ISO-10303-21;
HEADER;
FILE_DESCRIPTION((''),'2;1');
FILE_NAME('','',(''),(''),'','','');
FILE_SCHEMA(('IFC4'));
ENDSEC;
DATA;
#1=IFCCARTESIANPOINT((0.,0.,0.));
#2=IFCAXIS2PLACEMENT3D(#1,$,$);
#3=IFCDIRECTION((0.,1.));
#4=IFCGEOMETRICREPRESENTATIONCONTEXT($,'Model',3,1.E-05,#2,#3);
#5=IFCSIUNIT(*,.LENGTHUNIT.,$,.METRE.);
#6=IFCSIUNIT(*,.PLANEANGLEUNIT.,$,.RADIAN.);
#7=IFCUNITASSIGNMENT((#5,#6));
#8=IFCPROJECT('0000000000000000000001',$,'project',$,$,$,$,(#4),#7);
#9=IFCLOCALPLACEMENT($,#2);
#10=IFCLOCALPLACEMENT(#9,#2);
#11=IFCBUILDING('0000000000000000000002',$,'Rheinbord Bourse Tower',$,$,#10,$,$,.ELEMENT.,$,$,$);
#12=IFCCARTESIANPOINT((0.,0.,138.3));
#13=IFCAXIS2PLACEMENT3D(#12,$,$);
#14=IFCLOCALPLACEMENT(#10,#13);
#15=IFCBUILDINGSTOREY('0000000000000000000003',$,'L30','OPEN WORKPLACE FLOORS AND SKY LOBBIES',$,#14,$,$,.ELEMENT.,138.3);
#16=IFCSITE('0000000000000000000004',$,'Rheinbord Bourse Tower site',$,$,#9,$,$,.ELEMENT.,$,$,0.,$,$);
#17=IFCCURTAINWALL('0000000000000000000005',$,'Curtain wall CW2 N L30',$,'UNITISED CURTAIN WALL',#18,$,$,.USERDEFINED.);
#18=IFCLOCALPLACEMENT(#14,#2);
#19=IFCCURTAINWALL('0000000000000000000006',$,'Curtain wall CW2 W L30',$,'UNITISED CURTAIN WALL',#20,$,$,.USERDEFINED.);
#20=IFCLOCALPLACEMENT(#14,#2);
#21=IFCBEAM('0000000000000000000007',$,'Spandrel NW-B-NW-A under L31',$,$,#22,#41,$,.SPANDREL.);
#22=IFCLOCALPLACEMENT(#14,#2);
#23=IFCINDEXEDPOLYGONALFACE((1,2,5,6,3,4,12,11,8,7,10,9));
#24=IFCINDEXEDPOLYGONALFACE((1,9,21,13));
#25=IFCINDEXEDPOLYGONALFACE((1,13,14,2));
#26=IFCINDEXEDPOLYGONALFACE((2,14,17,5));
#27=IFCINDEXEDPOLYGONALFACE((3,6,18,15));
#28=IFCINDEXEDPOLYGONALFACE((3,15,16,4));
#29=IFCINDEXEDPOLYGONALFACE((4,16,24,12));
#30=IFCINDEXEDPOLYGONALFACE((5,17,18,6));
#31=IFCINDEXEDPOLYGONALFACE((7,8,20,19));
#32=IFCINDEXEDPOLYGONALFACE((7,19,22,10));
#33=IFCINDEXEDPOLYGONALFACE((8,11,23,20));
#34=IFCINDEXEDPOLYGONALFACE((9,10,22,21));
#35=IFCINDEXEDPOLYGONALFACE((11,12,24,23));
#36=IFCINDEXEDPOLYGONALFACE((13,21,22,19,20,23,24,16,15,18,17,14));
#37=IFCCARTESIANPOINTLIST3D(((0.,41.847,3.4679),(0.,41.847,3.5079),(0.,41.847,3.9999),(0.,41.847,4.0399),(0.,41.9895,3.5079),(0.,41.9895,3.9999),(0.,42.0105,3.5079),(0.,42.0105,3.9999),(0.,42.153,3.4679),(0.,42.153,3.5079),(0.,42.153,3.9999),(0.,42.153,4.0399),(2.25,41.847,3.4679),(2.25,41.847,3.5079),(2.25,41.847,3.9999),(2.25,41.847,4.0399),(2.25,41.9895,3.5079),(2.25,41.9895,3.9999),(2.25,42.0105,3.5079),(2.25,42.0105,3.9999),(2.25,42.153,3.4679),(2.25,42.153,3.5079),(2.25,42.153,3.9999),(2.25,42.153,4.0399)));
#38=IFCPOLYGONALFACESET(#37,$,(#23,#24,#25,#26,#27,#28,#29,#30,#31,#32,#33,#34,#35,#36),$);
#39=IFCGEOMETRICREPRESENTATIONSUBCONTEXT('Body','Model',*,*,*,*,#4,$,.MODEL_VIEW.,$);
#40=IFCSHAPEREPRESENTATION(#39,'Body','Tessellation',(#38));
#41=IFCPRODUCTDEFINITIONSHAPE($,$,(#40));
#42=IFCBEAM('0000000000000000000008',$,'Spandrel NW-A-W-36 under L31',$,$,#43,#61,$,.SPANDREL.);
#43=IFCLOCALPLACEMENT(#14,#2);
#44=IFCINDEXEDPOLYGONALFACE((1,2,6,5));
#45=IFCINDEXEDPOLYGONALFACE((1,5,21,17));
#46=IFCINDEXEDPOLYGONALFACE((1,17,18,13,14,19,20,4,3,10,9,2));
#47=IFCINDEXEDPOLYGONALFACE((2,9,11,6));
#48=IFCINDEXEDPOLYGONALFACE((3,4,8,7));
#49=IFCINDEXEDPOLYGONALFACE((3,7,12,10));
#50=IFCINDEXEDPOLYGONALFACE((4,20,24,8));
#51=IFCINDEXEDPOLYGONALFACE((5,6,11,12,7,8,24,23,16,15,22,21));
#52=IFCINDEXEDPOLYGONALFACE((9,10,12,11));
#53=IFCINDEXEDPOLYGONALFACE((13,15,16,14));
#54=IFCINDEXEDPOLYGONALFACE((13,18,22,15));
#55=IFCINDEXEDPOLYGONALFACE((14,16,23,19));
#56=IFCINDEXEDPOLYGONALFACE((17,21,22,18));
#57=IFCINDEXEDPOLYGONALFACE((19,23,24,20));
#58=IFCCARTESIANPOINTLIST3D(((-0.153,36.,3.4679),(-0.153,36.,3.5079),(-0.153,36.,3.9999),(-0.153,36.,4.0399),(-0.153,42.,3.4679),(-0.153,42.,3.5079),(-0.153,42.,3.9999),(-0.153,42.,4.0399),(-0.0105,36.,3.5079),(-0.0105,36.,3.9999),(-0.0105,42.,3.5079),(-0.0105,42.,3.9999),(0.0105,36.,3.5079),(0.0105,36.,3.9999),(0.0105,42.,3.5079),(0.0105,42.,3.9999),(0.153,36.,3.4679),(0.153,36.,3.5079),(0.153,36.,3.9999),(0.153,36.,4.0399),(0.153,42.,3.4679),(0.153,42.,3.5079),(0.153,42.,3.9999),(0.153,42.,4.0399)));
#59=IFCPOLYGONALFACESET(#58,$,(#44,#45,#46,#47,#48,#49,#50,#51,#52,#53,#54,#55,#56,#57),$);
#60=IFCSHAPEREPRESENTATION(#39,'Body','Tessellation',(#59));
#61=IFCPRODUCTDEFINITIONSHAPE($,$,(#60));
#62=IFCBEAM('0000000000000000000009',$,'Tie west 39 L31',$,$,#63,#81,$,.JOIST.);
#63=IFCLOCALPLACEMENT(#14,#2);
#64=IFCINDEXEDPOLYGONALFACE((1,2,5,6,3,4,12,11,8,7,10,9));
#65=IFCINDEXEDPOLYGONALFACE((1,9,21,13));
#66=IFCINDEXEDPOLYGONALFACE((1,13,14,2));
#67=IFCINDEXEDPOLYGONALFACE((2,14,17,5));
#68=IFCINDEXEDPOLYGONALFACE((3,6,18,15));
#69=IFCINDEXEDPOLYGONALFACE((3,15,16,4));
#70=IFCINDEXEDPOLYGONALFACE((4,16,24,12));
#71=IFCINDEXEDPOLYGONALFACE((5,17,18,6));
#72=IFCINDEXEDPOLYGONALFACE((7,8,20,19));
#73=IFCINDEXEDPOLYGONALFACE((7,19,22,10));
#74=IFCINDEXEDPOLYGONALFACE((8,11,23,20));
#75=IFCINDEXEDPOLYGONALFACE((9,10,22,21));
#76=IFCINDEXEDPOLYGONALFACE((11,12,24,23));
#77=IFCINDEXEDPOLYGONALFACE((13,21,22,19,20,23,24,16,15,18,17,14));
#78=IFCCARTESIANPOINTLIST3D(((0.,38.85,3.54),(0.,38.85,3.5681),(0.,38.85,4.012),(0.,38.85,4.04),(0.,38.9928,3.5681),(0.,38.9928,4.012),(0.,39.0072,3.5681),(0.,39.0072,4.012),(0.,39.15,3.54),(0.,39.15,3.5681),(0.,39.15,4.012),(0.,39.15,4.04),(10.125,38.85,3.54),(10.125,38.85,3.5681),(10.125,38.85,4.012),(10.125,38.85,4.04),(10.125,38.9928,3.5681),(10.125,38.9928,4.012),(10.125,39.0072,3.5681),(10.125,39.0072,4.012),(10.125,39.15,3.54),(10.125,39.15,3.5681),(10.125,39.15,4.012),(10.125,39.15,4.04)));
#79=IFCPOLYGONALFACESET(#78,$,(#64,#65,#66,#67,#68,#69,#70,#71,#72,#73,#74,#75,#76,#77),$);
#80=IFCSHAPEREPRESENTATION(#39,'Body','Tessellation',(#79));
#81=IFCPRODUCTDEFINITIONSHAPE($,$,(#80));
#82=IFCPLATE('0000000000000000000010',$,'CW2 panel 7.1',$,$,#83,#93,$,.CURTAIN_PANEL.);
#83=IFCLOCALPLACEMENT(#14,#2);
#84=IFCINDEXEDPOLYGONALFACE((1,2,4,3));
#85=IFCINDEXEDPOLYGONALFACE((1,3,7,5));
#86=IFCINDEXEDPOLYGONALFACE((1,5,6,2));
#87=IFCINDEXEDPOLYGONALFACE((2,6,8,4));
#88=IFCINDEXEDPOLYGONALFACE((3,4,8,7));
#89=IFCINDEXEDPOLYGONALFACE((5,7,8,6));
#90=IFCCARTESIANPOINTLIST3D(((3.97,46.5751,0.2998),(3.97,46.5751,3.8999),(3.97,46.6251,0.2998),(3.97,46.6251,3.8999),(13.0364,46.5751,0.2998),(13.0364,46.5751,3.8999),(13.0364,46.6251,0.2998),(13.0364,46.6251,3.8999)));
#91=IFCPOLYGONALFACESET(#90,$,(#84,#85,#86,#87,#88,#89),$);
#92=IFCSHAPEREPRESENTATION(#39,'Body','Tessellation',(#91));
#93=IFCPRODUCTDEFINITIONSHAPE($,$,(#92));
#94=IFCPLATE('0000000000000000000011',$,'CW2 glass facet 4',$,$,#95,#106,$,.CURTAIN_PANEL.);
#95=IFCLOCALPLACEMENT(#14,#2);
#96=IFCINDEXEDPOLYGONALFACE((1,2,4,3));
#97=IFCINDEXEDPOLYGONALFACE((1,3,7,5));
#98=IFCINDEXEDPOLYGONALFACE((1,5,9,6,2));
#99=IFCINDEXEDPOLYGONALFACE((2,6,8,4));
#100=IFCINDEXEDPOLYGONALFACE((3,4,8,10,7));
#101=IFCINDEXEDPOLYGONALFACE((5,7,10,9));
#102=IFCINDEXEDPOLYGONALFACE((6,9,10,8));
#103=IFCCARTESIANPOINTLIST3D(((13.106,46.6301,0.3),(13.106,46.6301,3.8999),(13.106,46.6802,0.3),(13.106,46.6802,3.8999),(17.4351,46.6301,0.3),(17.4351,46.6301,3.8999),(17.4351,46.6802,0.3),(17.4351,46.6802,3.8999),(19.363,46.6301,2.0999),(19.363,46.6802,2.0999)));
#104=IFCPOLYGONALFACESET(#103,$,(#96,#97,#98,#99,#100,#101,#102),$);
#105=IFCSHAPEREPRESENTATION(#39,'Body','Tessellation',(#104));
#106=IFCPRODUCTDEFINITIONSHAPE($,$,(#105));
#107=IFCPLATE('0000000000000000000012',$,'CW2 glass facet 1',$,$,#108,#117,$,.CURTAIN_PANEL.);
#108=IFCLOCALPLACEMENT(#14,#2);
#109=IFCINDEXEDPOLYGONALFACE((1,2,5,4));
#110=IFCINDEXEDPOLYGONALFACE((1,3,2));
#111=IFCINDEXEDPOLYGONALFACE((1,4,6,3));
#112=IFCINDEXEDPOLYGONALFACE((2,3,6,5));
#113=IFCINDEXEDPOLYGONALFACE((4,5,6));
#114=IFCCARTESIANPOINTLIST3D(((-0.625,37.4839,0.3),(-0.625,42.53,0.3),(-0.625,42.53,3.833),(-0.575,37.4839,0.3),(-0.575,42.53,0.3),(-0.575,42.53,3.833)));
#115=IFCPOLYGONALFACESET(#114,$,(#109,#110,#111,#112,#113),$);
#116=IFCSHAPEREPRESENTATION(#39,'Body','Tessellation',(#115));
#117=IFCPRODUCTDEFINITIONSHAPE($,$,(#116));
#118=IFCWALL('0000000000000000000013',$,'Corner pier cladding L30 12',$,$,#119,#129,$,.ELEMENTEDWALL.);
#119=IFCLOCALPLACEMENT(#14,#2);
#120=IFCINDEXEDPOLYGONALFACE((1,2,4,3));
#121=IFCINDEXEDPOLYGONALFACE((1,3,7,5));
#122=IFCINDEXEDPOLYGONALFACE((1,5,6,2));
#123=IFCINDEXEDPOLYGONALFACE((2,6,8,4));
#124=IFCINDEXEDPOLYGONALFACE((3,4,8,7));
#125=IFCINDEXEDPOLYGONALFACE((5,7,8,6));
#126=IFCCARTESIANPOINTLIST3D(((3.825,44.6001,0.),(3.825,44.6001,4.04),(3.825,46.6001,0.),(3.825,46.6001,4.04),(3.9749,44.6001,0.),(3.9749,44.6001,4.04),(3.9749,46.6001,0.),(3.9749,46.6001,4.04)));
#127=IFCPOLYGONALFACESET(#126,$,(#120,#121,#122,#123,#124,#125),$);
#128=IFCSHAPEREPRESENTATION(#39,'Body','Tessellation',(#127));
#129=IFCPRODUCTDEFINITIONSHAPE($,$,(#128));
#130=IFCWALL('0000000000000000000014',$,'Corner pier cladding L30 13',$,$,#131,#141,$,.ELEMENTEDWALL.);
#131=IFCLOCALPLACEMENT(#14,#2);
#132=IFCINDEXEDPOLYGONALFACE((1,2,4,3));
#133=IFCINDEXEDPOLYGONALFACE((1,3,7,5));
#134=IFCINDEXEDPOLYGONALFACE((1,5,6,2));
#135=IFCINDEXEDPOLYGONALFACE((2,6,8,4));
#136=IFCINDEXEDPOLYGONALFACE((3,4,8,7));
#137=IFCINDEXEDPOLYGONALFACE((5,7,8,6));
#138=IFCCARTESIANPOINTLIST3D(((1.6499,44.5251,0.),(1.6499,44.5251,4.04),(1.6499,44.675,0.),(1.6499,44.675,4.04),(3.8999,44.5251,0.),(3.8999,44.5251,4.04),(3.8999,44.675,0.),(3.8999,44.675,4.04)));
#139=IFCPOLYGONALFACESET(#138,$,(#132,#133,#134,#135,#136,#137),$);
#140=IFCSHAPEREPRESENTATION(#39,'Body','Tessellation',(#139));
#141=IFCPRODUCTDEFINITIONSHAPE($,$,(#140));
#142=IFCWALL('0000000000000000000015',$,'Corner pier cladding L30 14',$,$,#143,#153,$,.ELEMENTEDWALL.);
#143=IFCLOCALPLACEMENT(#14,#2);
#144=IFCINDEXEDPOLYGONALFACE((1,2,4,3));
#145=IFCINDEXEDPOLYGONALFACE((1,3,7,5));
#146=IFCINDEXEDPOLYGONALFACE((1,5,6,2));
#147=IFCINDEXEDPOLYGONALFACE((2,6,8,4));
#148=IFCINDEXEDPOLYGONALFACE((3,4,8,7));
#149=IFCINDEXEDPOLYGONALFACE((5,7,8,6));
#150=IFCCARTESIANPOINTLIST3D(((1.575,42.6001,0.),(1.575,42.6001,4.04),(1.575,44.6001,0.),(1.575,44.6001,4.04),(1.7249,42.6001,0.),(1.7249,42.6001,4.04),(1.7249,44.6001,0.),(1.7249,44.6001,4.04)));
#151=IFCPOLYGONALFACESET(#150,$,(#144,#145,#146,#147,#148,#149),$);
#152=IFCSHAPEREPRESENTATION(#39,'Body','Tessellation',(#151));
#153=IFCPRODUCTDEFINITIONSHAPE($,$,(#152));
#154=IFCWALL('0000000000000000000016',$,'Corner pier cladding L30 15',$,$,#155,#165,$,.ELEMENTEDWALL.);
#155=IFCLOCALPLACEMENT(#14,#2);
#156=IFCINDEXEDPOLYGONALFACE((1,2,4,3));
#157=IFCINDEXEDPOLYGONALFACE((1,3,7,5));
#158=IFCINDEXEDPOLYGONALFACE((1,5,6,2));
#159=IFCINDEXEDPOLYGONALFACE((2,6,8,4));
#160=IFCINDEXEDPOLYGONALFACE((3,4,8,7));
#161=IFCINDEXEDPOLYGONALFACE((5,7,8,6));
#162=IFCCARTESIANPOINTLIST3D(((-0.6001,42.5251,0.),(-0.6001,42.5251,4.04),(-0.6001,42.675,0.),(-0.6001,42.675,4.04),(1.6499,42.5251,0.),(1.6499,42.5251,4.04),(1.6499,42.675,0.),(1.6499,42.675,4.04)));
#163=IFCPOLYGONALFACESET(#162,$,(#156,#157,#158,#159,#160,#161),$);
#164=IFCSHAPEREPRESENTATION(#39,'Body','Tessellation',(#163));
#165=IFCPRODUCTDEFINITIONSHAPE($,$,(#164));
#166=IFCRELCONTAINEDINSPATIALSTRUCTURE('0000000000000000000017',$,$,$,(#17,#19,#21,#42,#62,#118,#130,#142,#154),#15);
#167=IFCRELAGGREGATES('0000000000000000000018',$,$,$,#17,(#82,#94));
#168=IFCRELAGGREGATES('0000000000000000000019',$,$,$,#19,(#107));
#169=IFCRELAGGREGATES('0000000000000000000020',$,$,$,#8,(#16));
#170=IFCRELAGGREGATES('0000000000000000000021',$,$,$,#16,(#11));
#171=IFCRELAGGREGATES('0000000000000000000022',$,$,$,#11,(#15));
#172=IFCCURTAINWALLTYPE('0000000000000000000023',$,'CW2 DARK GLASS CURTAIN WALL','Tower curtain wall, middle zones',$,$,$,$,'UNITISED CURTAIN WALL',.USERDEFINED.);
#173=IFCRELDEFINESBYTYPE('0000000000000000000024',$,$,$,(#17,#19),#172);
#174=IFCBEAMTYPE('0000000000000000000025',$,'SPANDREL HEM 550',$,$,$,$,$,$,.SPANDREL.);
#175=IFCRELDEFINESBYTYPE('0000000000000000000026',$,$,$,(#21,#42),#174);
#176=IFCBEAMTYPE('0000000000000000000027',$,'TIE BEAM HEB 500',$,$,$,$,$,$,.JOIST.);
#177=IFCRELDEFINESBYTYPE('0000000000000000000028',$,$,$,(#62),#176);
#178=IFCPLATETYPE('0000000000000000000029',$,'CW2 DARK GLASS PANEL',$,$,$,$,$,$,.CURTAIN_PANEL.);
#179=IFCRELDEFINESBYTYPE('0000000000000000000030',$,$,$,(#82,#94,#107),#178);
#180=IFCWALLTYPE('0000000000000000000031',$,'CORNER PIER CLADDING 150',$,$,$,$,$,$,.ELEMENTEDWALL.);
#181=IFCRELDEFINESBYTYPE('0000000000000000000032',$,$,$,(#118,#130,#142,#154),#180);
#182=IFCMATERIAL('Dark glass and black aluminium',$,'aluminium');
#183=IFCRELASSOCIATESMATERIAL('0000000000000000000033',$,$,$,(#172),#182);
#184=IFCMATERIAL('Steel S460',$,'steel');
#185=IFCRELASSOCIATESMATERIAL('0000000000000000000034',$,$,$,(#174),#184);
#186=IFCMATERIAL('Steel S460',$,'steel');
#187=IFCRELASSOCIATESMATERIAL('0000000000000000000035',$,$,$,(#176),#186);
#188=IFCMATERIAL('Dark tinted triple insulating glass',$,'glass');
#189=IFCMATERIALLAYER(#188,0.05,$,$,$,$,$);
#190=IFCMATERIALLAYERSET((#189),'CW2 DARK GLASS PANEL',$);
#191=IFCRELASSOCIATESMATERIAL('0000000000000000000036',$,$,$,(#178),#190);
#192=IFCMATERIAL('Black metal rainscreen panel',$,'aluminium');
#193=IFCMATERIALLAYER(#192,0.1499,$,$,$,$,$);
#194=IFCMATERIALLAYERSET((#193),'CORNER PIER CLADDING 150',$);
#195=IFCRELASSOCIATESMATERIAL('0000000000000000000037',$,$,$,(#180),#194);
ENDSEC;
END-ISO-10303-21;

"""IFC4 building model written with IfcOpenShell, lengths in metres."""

from ifc_helpers import new_model, si_unit, direction, frame, frame_2d, origin, origin_2d, place, context, subcontext, project, spatial, polyline, rectangle, i_section, outline, extrude, material, layer, layer_set, material_profile, profile_set, type_object, element, aggregate, save


model = new_model("IFC4")

# Units and contexts
model_context = context("Model", 3, precision=1e-05, world=origin(), true_north=direction((0.0, 1.0)))
body_context = subcontext(model_context, "Body", "Model", "MODEL_VIEW")
ifc_project = project(units=[si_unit("LENGTHUNIT", "METRE"), si_unit("PLANEANGLEUNIT", "RADIAN")], contexts=[model_context])

# Site, building, storey
site_placement = place(None, origin())
site = spatial("IfcSite", under=ifc_project, at=site_placement, Name="Rheinbord Bourse Tower site", CompositionType="ELEMENT", RefElevation=0.0)
building_placement = place(site_placement, origin())
building = spatial("IfcBuilding", under=site, at=building_placement, Name="Rheinbord Bourse Tower", CompositionType="ELEMENT")
storey_placement = place(building_placement, frame((0.0, 0.0, 138.3)))
storey = spatial("IfcBuildingStorey", under=building, at=storey_placement, Name="L30", Description="OPEN WORKPLACE FLOORS AND SKY LOBBIES", CompositionType="ELEMENT", Elevation=138.3)

# Curtain wall
ifc_material_1 = material(Name="Dark glass and black aluminium", Category="aluminium")
curtain_wall_type = type_object("IfcCurtainWallType", Name="CW2 DARK GLASS CURTAIN WALL", Description="Tower curtain wall, middle zones", ElementType="UNITISED CURTAIN WALL", PredefinedType="USERDEFINED", material=ifc_material_1)
curtain_wall_1_placement = place(storey_placement, origin())
curtain_wall_1 = element("IfcCurtainWall", 1, at=curtain_wall_1_placement, inside=storey, type_object=curtain_wall_type, Name="Curtain wall CW2 N L30", ObjectType="UNITISED CURTAIN WALL", PredefinedType="USERDEFINED")

# Curtain wall
curtain_wall_2_placement = place(storey_placement, origin())
curtain_wall_2 = element("IfcCurtainWall", 2, at=curtain_wall_2_placement, inside=storey, type_object=curtain_wall_type, Name="Curtain wall CW2 W L30", ObjectType="UNITISED CURTAIN WALL", PredefinedType="USERDEFINED")

# Beams
ifc_material_2 = material(Name="Steel S460", Category="steel")
ifc_material_profile_1 = material_profile(ifc_material_2, i_section(OverallWidth=0.3059, OverallDepth=0.572, WebThickness=0.021, FlangeThickness=0.04, at=origin_2d()), Name="HEM 550")
ifc_profile_set_1 = profile_set([ifc_material_profile_1], Name="Steel S460")
beam_type_1 = type_object("IfcBeamType", Name="SPANDREL HEM 550", PredefinedType="SPANDREL", material=ifc_profile_set_1)
beam_1_placement = place(storey_placement, frame((2.25, 42.0, 3.7539), z_axis=(-1.0, 0.0, 0.0), x_axis=(0.0, -1.0, 0.0)))
element("IfcBeam", 3, at=beam_1_placement, inside=storey, type_object=beam_type_1, Name="Spandrel NW-B-NW-A under L31", PredefinedType="SPANDREL", context=body_context, shape_type="SweptSolid", body=[
    extrude(i_section(OverallWidth=0.3059, OverallDepth=0.572, WebThickness=0.021, FlangeThickness=0.04, at=origin_2d()), origin(), (0.0, 0.0, 1.0), 2.25),
])
beam_2_placement = place(storey_placement, frame((0.0, 42.0, 3.7539), z_axis=(0.0, -1.0, 0.0), x_axis=(1.0, 0.0, 0.0)))
element("IfcBeam", 4, at=beam_2_placement, inside=storey, type_object=beam_type_1, Name="Spandrel NW-A-W-36 under L31", PredefinedType="SPANDREL", context=body_context, shape_type="SweptSolid", body=[
    extrude(i_section(OverallWidth=0.3059, OverallDepth=0.572, WebThickness=0.021, FlangeThickness=0.04, at=origin_2d()), origin(), (0.0, 0.0, 1.0), 6.0),
])
ifc_material_3 = material(Name="Steel S460", Category="steel")
ifc_material_profile_2 = material_profile(ifc_material_3, i_section(OverallWidth=0.3, OverallDepth=0.5, WebThickness=0.0144, FlangeThickness=0.0281, at=origin_2d()), Name="HEB 500")
ifc_profile_set_2 = profile_set([ifc_material_profile_2], Name="Steel S460")
beam_type_2 = type_object("IfcBeamType", Name="TIE BEAM HEB 500", PredefinedType="JOIST", material=ifc_profile_set_2)
beam_3_placement = place(storey_placement, frame((0.0, 39.0, 3.79), z_axis=(1.0, 0.0, 0.0), x_axis=(0.0, 1.0, 0.0)))
element("IfcBeam", 5, at=beam_3_placement, inside=storey, type_object=beam_type_2, Name="Tie west 39 L31", PredefinedType="JOIST", context=body_context, shape_type="SweptSolid", body=[
    extrude(i_section(OverallWidth=0.3, OverallDepth=0.5, WebThickness=0.0144, FlangeThickness=0.0281, at=origin_2d()), origin(), (0.0, 0.0, 1.0), 10.125),
])

# Plates
ifc_material_4 = material(Name="Dark tinted triple insulating glass", Category="glass")
ifc_layer_1 = layer(ifc_material_4, 0.05)
ifc_layer_set_1 = layer_set([ifc_layer_1], Name="CW2 DARK GLASS PANEL")
plate_type = type_object("IfcPlateType", Name="CW2 DARK GLASS PANEL", PredefinedType="CURTAIN_PANEL", material=ifc_layer_set_1)
plate_1_placement = place(storey_placement, frame((8.5032, 46.6001, 0.2998), z_axis=(0.0, 0.0, 1.0), x_axis=(-1.0, 0.0, 0.0)))
plate_1 = element("IfcPlate", 6, at=plate_1_placement, type_object=plate_type, Name="CW2 panel 7.1", PredefinedType="CURTAIN_PANEL", context=body_context, shape_type="SweptSolid", body=[
    extrude(rectangle(XDim=9.0664, YDim=0.05, at=origin_2d()), origin(), (0.0, 0.0, 1.0), 3.6001),
])
plate_2_placement = place(storey_placement, frame((13.106, 46.6802, 3.8999), z_axis=(0.0, -1.0, 0.0), x_axis=(0.0, 0.0, -1.0)))
plate_2 = element("IfcPlate", 7, at=plate_2_placement, type_object=plate_type, Name="CW2 glass facet 4", PredefinedType="CURTAIN_PANEL", context=body_context, shape_type="SweptSolid", body=[
    extrude(outline(polyline([(0.0, 0.0), (3.5999, 0.0), (3.5999, 4.3291), (1.8, 6.2571), (0.0, 4.3291), (0.0, 0.0)])), origin(), (0.0, 0.0, 1.0), 0.05),
])
aggregate(curtain_wall_1, [plate_1, plate_2])
plate_3_placement = place(storey_placement, frame((-0.625, 42.53, 0.3), z_axis=(1.0, 0.0, 0.0), x_axis=(0.0, 0.0, 1.0)))
plate_3 = element("IfcPlate", 8, at=plate_3_placement, type_object=plate_type, Name="CW2 glass facet 1", PredefinedType="CURTAIN_PANEL", context=body_context, shape_type="SweptSolid", body=[
    extrude(outline(polyline([(0.0, 0.0), (3.533, 0.0), (0.0, 5.0461), (0.0, 0.0)])), origin(), (0.0, 0.0, 1.0), 0.05),
])
aggregate(curtain_wall_2, [plate_3])

# Walls
ifc_material_5 = material(Name="Black metal rainscreen panel", Category="aluminium")
ifc_layer_2 = layer(ifc_material_5, 0.1499)
ifc_layer_set_2 = layer_set([ifc_layer_2], Name="CORNER PIER CLADDING 150")
wall_type = type_object("IfcWallType", Name="CORNER PIER CLADDING 150", PredefinedType="ELEMENTEDWALL", material=ifc_layer_set_2)
wall_1_placement = place(storey_placement, frame((3.8999, 46.6001, 0.0), z_axis=(0.0, 0.0, 1.0), x_axis=(0.0, -1.0, 0.0)))
element("IfcWall", 9, at=wall_1_placement, inside=storey, type_object=wall_type, Name="Corner pier cladding L30 12", PredefinedType="ELEMENTEDWALL", context=body_context, shape_type="SweptSolid", body=[
    extrude(rectangle(XDim=2.0, YDim=0.1499, at=frame_2d((1.0, 0.0))), origin(), (0.0, 0.0, 1.0), 4.04),
])
wall_2_placement = place(storey_placement, frame((3.8999, 44.6001, 0.0), z_axis=(0.0, 0.0, 1.0), x_axis=(-1.0, 0.0, 0.0)))
element("IfcWall", 10, at=wall_2_placement, inside=storey, type_object=wall_type, Name="Corner pier cladding L30 13", PredefinedType="ELEMENTEDWALL", context=body_context, shape_type="SweptSolid", body=[
    extrude(rectangle(XDim=2.25, YDim=0.1499, at=frame_2d((1.125, 0.0))), origin(), (0.0, 0.0, 1.0), 4.04),
])
wall_3_placement = place(storey_placement, frame((1.6499, 44.6001, 0.0), z_axis=(0.0, 0.0, 1.0), x_axis=(0.0, -1.0, 0.0)))
element("IfcWall", 11, at=wall_3_placement, inside=storey, type_object=wall_type, Name="Corner pier cladding L30 14", PredefinedType="ELEMENTEDWALL", context=body_context, shape_type="SweptSolid", body=[
    extrude(rectangle(XDim=2.0, YDim=0.1499, at=frame_2d((1.0, 0.0))), origin(), (0.0, 0.0, 1.0), 4.04),
])
wall_4_placement = place(storey_placement, frame((1.6499, 42.6001, 0.0), z_axis=(0.0, 0.0, 1.0), x_axis=(-1.0, 0.0, 0.0)))
element("IfcWall", 12, at=wall_4_placement, inside=storey, type_object=wall_type, Name="Corner pier cladding L30 15", PredefinedType="ELEMENTEDWALL", context=body_context, shape_type="SweptSolid", body=[
    extrude(rectangle(XDim=2.25, YDim=0.1499, at=frame_2d((1.125, 0.0))), origin(), (0.0, 0.0, 1.0), 4.04),
])

save(model, "model.ifc")
